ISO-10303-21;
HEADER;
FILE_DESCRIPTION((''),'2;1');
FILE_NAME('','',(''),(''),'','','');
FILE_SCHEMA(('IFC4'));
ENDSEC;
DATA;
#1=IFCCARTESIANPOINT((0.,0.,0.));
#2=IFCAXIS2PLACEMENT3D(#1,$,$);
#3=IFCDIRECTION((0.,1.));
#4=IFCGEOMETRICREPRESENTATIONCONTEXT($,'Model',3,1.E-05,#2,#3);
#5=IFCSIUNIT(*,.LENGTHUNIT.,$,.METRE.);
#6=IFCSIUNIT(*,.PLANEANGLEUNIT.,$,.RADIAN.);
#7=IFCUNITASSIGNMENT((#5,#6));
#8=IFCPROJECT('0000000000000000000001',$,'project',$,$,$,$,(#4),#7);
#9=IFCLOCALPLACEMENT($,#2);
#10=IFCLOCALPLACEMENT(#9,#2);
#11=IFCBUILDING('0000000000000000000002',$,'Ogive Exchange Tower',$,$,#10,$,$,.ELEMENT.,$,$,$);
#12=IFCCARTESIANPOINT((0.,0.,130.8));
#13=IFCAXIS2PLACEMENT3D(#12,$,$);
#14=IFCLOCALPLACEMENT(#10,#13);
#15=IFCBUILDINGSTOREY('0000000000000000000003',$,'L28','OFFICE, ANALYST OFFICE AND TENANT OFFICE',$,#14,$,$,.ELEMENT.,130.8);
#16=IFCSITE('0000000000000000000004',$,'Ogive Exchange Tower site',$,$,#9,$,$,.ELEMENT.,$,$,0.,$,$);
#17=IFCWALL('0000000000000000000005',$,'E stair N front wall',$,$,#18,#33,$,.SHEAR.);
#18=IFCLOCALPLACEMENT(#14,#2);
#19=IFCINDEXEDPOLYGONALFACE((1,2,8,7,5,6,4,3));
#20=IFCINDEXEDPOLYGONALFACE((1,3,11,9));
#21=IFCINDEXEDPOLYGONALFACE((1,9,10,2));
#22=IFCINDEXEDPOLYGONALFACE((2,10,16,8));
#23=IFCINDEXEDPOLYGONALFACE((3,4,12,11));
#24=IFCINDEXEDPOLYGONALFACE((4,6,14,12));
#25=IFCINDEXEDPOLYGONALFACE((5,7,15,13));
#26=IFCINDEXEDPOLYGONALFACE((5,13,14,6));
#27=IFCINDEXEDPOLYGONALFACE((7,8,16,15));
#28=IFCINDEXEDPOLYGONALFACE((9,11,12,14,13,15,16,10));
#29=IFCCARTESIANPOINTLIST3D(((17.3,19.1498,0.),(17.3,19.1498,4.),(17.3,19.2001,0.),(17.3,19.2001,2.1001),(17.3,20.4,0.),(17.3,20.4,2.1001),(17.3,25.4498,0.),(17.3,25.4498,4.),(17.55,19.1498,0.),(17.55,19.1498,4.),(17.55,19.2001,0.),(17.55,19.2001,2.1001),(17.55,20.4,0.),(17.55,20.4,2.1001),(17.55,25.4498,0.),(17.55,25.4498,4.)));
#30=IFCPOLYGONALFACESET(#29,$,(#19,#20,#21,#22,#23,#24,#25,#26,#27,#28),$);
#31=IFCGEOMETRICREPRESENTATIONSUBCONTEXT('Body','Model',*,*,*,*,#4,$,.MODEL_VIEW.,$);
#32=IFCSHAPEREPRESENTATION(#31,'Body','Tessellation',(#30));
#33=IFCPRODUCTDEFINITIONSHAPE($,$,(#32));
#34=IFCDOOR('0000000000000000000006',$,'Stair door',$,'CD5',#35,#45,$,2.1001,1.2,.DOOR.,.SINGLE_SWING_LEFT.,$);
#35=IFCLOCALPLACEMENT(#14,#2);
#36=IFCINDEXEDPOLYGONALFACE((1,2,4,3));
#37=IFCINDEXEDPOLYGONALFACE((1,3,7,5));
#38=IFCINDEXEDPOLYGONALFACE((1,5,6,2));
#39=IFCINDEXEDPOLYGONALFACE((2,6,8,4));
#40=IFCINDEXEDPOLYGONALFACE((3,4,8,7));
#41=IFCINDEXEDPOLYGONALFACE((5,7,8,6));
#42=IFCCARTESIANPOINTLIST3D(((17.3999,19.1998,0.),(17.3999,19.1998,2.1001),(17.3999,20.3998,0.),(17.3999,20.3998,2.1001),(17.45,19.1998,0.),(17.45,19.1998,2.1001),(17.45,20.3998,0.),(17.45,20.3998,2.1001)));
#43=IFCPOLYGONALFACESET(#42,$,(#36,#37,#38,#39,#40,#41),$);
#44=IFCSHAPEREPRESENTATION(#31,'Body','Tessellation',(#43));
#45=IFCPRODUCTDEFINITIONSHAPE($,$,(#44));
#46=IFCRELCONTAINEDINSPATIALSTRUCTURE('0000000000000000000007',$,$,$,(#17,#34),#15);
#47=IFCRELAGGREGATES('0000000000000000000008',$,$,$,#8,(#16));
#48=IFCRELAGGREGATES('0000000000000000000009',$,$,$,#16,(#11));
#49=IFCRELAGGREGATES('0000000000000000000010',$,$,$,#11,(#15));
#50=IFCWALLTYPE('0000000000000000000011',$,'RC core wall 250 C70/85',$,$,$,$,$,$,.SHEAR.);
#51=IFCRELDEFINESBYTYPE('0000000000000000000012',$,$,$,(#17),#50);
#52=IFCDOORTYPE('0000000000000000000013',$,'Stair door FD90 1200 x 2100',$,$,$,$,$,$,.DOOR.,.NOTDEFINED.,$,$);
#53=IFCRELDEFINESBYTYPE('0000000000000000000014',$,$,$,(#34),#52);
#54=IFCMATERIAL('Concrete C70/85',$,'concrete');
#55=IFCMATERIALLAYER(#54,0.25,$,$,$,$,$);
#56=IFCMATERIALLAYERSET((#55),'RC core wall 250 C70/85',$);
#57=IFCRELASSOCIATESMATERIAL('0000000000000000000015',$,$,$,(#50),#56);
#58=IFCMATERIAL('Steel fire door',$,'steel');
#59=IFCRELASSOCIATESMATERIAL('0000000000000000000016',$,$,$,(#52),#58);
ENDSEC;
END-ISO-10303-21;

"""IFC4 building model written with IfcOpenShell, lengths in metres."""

from ifc_helpers import new_model, si_unit, direction, frame, frame_2d, origin, place, context, subcontext, project, spatial, rectangle, extrude, material, layer, layer_set, type_object, element, fill, save


model = new_model("IFC4")

# Units and contexts
model_context = context("Model", 3, precision=1e-05, world=origin(), true_north=direction((0.0, 1.0)))
body_context = subcontext(model_context, "Body", "Model", "MODEL_VIEW")
ifc_project = project(units=[si_unit("LENGTHUNIT", "METRE"), si_unit("PLANEANGLEUNIT", "RADIAN")], contexts=[model_context])

# Site, building, storey
site_placement = place(None, origin())
site = spatial("IfcSite", under=ifc_project, at=site_placement, Name="Ogive Exchange Tower site", CompositionType="ELEMENT", RefElevation=0.0)
building_placement = place(site_placement, origin())
building = spatial("IfcBuilding", under=site, at=building_placement, Name="Ogive Exchange Tower", CompositionType="ELEMENT")
storey_placement = place(building_placement, frame((0.0, 0.0, 130.8)))
storey = spatial("IfcBuildingStorey", under=building, at=storey_placement, Name="L28", Description="OFFICE, ANALYST OFFICE AND TENANT OFFICE", CompositionType="ELEMENT", Elevation=130.8)

# Wall, opening, door
ifc_material_1 = material(Name="Concrete C70/85", Category="concrete")
ifc_material_2 = material(Name="Steel fire door", Category="steel")
ifc_layer_1 = layer(ifc_material_1, 0.25)
ifc_layer_set_1 = layer_set([ifc_layer_1], Name="RC core wall 250 C70/85")
wall_type_1 = type_object("IfcWallType", Name="RC core wall 250 C70/85", PredefinedType="SHEAR", material=ifc_layer_set_1)
wall_1_placement = place(storey_placement, frame((17.425, 19.1499, 0.0), z_axis=(0.0, 0.0, 1.0), x_axis=(0.0, 1.0, 0.0)))
wall_1 = element("IfcWall", 1, at=wall_1_placement, inside=storey, type_object=wall_type_1, Name="E stair N front wall", PredefinedType="SHEAR", context=body_context, shape_type="SweptSolid", body=[
    extrude(rectangle(XDim=6.3, YDim=0.25, at=frame_2d((3.1499, 0.0))), origin(), (0.0, 0.0, 1.0), 4.0),
])
opening_1_placement = place(wall_1_placement, frame((0.05, 0.0, 0.0)))
opening_1 = element("IfcOpeningElement", 2, at=opening_1_placement, cuts=wall_1, PredefinedType="OPENING", context=body_context, shape_type="SweptSolid", body=[
    extrude(rectangle(XDim=1.2, YDim=2.1001, at=frame_2d((0.6001, 1.05))), frame((0.0, 0.135, 0.0), z_axis=(0.0, -1.0, 0.0), x_axis=(1.0, 0.0, 0.0)), (0.0, 0.0, 1.0), 0.27),
])
door_type_1 = type_object("IfcDoorType", Name="Stair door FD90 1200 x 2100", OperationType="NOTDEFINED", PredefinedType="DOOR", material=ifc_material_2)
door_1_placement = place(opening_1_placement, frame((1.2, 0.0, 0.0), z_axis=(0.0, 0.0, 1.0), x_axis=(-1.0, 0.0, 0.0)))
door_1 = element("IfcDoor", 3, at=door_1_placement, inside=storey, type_object=door_type_1, Name="Stair door", ObjectType="CD5", OperationType="SINGLE_SWING_LEFT", OverallHeight=2.1001, OverallWidth=1.2, PredefinedType="DOOR", context=body_context, shape_type="SweptSolid", body=[
    extrude(rectangle(XDim=1.2, YDim=2.1001, at=frame_2d((0.6001, 1.05))), frame((0.0, 0.0249, 0.0), z_axis=(0.0, -1.0, 0.0), x_axis=(1.0, 0.0, 0.0)), (0.0, 0.0, 1.0), 0.05),
])
fill(opening_1, door_1)

save(model, "model.ifc")
